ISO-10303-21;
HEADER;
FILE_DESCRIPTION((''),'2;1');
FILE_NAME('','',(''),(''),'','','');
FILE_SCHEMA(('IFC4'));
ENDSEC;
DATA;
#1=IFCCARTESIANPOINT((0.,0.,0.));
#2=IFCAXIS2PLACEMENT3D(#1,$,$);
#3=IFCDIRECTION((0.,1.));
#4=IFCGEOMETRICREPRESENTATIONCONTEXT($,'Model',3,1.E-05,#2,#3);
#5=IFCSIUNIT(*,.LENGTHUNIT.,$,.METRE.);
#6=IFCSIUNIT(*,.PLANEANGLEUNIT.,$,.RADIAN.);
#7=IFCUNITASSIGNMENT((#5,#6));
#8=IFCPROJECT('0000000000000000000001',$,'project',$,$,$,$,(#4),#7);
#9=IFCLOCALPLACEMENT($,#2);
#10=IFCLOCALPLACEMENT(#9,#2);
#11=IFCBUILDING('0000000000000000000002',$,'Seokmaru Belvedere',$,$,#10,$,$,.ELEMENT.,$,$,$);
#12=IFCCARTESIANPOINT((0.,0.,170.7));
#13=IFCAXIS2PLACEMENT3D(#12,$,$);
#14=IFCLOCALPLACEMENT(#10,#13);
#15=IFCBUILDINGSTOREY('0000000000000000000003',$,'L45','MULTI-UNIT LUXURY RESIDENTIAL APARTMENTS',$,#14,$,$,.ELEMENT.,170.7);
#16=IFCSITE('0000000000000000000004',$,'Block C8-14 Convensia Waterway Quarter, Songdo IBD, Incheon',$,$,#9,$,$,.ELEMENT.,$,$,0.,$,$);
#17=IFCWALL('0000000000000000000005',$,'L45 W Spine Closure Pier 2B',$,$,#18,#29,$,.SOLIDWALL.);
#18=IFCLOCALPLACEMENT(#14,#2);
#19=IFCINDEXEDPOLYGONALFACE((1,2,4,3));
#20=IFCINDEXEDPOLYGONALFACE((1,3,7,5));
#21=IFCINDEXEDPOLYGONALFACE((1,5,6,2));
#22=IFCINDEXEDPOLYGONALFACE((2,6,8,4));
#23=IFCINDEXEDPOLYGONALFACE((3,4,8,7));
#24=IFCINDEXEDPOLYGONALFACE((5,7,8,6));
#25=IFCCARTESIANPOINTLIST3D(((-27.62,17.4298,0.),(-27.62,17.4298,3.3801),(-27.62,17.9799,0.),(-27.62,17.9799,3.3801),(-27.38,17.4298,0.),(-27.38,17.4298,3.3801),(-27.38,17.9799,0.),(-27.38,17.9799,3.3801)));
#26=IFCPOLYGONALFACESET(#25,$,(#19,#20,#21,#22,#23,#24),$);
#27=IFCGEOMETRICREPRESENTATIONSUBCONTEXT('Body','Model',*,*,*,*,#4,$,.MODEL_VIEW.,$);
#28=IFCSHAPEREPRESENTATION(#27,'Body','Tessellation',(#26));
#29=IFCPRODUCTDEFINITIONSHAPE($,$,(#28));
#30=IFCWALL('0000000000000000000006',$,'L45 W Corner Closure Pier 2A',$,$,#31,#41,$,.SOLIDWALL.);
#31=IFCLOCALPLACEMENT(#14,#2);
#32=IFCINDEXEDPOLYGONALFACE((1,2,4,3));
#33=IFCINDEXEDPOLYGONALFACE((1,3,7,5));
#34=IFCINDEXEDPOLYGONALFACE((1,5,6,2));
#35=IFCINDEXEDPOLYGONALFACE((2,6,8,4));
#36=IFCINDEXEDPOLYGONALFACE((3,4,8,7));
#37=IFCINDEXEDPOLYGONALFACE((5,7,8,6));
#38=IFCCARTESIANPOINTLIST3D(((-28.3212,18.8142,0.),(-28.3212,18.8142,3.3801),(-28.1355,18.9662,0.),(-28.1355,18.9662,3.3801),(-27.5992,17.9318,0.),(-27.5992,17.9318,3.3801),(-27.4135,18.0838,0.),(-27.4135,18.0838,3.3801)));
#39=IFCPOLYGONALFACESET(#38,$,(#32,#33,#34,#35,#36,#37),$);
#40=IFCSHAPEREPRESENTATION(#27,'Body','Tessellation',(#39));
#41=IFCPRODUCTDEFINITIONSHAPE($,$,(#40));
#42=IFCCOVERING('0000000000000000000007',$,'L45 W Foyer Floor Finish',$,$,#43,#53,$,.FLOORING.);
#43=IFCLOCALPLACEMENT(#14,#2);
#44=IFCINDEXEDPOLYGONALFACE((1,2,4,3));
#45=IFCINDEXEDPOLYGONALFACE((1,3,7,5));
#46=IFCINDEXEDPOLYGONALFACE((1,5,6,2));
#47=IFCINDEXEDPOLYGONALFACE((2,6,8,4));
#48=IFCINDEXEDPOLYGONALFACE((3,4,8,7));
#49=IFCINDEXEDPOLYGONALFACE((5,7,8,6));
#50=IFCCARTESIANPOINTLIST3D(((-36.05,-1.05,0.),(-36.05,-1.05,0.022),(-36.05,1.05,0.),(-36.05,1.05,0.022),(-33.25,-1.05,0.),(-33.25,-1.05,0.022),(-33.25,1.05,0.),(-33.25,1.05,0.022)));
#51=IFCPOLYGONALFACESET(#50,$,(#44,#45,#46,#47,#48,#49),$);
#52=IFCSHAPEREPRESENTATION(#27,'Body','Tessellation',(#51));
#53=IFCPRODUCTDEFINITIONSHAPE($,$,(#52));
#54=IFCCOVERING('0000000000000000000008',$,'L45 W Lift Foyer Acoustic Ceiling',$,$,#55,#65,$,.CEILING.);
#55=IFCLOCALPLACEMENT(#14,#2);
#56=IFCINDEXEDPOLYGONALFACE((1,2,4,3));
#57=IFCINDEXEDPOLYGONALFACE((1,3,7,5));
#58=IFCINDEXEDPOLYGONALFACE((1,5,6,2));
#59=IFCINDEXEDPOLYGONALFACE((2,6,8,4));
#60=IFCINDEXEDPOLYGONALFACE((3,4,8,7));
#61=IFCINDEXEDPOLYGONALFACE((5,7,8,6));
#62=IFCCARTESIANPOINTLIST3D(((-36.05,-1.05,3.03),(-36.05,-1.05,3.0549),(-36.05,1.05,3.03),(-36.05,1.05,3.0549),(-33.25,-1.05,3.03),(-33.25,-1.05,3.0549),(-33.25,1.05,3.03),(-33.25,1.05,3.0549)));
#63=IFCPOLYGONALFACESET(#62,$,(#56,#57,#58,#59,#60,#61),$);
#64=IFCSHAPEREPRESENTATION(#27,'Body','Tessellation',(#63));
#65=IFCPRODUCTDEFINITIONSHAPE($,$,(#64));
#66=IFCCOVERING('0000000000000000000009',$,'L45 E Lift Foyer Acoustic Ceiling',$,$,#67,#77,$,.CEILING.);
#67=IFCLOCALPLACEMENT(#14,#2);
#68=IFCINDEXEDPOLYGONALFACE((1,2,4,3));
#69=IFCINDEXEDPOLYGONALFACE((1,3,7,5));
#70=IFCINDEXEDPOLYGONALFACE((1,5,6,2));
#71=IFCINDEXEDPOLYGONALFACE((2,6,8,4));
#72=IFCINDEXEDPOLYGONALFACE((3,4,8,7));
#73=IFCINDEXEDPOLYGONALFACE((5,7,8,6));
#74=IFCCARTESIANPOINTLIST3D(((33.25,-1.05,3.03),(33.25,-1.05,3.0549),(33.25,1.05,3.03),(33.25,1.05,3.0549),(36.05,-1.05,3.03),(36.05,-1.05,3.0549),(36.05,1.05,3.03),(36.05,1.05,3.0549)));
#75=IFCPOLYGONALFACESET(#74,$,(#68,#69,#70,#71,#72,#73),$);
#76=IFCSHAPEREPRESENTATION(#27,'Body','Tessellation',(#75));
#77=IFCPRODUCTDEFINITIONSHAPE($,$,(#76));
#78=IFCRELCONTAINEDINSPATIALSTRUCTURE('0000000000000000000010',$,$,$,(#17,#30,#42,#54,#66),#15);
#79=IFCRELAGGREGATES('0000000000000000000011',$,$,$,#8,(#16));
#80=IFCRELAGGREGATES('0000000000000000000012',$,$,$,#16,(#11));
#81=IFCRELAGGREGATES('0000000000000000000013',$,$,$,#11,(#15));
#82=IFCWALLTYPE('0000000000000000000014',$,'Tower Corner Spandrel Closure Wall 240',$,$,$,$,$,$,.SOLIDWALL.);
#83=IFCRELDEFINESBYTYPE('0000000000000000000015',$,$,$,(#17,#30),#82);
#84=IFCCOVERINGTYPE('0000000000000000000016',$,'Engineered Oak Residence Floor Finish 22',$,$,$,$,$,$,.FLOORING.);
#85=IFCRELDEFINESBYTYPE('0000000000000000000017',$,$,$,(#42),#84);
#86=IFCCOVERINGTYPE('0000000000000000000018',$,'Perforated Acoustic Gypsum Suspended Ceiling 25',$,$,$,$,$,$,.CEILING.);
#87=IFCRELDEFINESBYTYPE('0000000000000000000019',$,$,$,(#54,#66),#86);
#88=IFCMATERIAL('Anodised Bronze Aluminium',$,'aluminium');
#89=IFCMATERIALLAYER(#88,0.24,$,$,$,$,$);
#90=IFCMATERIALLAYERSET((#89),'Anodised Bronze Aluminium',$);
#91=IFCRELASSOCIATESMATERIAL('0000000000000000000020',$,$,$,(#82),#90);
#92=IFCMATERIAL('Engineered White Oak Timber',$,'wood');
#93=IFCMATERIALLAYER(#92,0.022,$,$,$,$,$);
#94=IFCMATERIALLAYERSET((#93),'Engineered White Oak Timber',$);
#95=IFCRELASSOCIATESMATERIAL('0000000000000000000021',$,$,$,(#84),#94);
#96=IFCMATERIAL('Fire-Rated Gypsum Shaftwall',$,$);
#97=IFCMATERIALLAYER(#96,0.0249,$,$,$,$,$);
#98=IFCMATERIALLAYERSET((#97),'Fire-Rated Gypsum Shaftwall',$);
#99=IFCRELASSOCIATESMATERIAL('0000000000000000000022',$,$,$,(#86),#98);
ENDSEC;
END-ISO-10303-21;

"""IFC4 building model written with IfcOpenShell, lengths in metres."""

from ifc_helpers import new_model, si_unit, direction, frame, frame_2d, origin, place, context, subcontext, project, spatial, polyline, rectangle, outline, extrude, material, layer, layer_set, type_object, element, save


model = new_model("IFC4")

# Units and contexts
model_context = context("Model", 3, precision=1e-05, world=origin(), true_north=direction((0.0, 1.0)))
body_context = subcontext(model_context, "Body", "Model", "MODEL_VIEW")
ifc_project = project(units=[si_unit("LENGTHUNIT", "METRE"), si_unit("PLANEANGLEUNIT", "RADIAN")], contexts=[model_context])

# Site, building, storey
site_placement = place(None, origin())
site = spatial("IfcSite", under=ifc_project, at=site_placement, Name="Block C8-14 Convensia Waterway Quarter, Songdo IBD, Incheon", CompositionType="ELEMENT", RefElevation=0.0)
building_placement = place(site_placement, origin())
building = spatial("IfcBuilding", under=site, at=building_placement, Name="Seokmaru Belvedere", CompositionType="ELEMENT")
storey_placement = place(building_placement, frame((0.0, 0.0, 170.7)))
storey = spatial("IfcBuildingStorey", under=building, at=storey_placement, Name="L45", Description="MULTI-UNIT LUXURY RESIDENTIAL APARTMENTS", CompositionType="ELEMENT", Elevation=170.7)

# Shared definitions
ifc_material_1 = material(Name="Anodised Bronze Aluminium", Category="aluminium")

# Walls
ifc_layer_1 = layer(ifc_material_1, 0.24)
ifc_layer_set_1 = layer_set([ifc_layer_1], Name="Anodised Bronze Aluminium")
wall_type_1 = type_object("IfcWallType", Name="Tower Corner Spandrel Closure Wall 240", PredefinedType="SOLIDWALL", material=ifc_layer_set_1)
wall_1_placement = place(storey_placement, frame((-27.5, 17.4299, 0.0), z_axis=(0.0, 0.0, 1.0), x_axis=(0.0, 1.0, 0.0)))
element("IfcWall", 1, at=wall_1_placement, inside=storey, type_object=wall_type_1, Name="L45 W Spine Closure Pier 2B", PredefinedType="SOLIDWALL", context=body_context, shape_type="SweptSolid", body=[
    extrude(rectangle(XDim=0.55, YDim=0.24, at=frame_2d((0.2749, 0.0))), origin(), (0.0, 0.0, 1.0), 3.3801),
])
wall_2_placement = place(storey_placement, frame((-27.5063, 18.0078, 0.0), z_axis=(0.0, 0.0, 1.0), x_axis=(-0.633249, 0.773948, 0.0)))
element("IfcWall", 2, at=wall_2_placement, inside=storey, type_object=wall_type_1, Name="L45 W Corner Closure Pier 2A", PredefinedType="SOLIDWALL", context=body_context, shape_type="SweptSolid", body=[
    extrude(rectangle(XDim=1.1401, YDim=0.24, at=frame_2d((0.5701, 0.0))), origin(), (0.0, 0.0, 1.0), 3.3801),
])

# Coverings
ifc_material_2 = material(Name="Engineered White Oak Timber", Category="wood")
ifc_layer_2 = layer(ifc_material_2, 0.022)
ifc_layer_set_2 = layer_set([ifc_layer_2], Name="Engineered White Oak Timber")
covering_type_1 = type_object("IfcCoveringType", Name="Engineered Oak Residence Floor Finish 22", PredefinedType="FLOORING", material=ifc_layer_set_2)
covering_1_placement = place(storey_placement, origin())
element("IfcCovering", 3, at=covering_1_placement, inside=storey, type_object=covering_type_1, Name="L45 W Foyer Floor Finish", PredefinedType="FLOORING", context=body_context, shape_type="SweptSolid", body=[
    extrude(outline(polyline([(-36.05, -1.05), (-33.25, -1.05), (-33.25, 1.05), (-36.05, 1.05), (-36.05, -1.05)])), origin(), (0.0, 0.0, 1.0), 0.022),
])
ifc_material_3 = material(Name="Fire-Rated Gypsum Shaftwall")
ifc_layer_3 = layer(ifc_material_3, 0.0249)
ifc_layer_set_3 = layer_set([ifc_layer_3], Name="Fire-Rated Gypsum Shaftwall")
covering_type_2 = type_object("IfcCoveringType", Name="Perforated Acoustic Gypsum Suspended Ceiling 25", PredefinedType="CEILING", material=ifc_layer_set_3)
covering_2_placement = place(storey_placement, frame((0.0, 0.0, 3.03)))
element("IfcCovering", 4, at=covering_2_placement, inside=storey, type_object=covering_type_2, Name="L45 W Lift Foyer Acoustic Ceiling", PredefinedType="CEILING", context=body_context, shape_type="SweptSolid", body=[
    extrude(outline(polyline([(-36.05, -1.05), (-33.25, -1.05), (-33.25, 1.05), (-36.05, 1.05), (-36.05, -1.05)])), origin(), (0.0, 0.0, 1.0), 0.0249),
])
covering_3_placement = place(storey_placement, frame((0.0, 0.0, 3.03)))
element("IfcCovering", 5, at=covering_3_placement, inside=storey, type_object=covering_type_2, Name="L45 E Lift Foyer Acoustic Ceiling", PredefinedType="CEILING", context=body_context, shape_type="SweptSolid", body=[
    extrude(outline(polyline([(33.25, -1.05), (36.05, -1.05), (36.05, 1.05), (33.25, 1.05), (33.25, -1.05)])), origin(), (0.0, 0.0, 1.0), 0.0249),
])

save(model, "model.ifc")
